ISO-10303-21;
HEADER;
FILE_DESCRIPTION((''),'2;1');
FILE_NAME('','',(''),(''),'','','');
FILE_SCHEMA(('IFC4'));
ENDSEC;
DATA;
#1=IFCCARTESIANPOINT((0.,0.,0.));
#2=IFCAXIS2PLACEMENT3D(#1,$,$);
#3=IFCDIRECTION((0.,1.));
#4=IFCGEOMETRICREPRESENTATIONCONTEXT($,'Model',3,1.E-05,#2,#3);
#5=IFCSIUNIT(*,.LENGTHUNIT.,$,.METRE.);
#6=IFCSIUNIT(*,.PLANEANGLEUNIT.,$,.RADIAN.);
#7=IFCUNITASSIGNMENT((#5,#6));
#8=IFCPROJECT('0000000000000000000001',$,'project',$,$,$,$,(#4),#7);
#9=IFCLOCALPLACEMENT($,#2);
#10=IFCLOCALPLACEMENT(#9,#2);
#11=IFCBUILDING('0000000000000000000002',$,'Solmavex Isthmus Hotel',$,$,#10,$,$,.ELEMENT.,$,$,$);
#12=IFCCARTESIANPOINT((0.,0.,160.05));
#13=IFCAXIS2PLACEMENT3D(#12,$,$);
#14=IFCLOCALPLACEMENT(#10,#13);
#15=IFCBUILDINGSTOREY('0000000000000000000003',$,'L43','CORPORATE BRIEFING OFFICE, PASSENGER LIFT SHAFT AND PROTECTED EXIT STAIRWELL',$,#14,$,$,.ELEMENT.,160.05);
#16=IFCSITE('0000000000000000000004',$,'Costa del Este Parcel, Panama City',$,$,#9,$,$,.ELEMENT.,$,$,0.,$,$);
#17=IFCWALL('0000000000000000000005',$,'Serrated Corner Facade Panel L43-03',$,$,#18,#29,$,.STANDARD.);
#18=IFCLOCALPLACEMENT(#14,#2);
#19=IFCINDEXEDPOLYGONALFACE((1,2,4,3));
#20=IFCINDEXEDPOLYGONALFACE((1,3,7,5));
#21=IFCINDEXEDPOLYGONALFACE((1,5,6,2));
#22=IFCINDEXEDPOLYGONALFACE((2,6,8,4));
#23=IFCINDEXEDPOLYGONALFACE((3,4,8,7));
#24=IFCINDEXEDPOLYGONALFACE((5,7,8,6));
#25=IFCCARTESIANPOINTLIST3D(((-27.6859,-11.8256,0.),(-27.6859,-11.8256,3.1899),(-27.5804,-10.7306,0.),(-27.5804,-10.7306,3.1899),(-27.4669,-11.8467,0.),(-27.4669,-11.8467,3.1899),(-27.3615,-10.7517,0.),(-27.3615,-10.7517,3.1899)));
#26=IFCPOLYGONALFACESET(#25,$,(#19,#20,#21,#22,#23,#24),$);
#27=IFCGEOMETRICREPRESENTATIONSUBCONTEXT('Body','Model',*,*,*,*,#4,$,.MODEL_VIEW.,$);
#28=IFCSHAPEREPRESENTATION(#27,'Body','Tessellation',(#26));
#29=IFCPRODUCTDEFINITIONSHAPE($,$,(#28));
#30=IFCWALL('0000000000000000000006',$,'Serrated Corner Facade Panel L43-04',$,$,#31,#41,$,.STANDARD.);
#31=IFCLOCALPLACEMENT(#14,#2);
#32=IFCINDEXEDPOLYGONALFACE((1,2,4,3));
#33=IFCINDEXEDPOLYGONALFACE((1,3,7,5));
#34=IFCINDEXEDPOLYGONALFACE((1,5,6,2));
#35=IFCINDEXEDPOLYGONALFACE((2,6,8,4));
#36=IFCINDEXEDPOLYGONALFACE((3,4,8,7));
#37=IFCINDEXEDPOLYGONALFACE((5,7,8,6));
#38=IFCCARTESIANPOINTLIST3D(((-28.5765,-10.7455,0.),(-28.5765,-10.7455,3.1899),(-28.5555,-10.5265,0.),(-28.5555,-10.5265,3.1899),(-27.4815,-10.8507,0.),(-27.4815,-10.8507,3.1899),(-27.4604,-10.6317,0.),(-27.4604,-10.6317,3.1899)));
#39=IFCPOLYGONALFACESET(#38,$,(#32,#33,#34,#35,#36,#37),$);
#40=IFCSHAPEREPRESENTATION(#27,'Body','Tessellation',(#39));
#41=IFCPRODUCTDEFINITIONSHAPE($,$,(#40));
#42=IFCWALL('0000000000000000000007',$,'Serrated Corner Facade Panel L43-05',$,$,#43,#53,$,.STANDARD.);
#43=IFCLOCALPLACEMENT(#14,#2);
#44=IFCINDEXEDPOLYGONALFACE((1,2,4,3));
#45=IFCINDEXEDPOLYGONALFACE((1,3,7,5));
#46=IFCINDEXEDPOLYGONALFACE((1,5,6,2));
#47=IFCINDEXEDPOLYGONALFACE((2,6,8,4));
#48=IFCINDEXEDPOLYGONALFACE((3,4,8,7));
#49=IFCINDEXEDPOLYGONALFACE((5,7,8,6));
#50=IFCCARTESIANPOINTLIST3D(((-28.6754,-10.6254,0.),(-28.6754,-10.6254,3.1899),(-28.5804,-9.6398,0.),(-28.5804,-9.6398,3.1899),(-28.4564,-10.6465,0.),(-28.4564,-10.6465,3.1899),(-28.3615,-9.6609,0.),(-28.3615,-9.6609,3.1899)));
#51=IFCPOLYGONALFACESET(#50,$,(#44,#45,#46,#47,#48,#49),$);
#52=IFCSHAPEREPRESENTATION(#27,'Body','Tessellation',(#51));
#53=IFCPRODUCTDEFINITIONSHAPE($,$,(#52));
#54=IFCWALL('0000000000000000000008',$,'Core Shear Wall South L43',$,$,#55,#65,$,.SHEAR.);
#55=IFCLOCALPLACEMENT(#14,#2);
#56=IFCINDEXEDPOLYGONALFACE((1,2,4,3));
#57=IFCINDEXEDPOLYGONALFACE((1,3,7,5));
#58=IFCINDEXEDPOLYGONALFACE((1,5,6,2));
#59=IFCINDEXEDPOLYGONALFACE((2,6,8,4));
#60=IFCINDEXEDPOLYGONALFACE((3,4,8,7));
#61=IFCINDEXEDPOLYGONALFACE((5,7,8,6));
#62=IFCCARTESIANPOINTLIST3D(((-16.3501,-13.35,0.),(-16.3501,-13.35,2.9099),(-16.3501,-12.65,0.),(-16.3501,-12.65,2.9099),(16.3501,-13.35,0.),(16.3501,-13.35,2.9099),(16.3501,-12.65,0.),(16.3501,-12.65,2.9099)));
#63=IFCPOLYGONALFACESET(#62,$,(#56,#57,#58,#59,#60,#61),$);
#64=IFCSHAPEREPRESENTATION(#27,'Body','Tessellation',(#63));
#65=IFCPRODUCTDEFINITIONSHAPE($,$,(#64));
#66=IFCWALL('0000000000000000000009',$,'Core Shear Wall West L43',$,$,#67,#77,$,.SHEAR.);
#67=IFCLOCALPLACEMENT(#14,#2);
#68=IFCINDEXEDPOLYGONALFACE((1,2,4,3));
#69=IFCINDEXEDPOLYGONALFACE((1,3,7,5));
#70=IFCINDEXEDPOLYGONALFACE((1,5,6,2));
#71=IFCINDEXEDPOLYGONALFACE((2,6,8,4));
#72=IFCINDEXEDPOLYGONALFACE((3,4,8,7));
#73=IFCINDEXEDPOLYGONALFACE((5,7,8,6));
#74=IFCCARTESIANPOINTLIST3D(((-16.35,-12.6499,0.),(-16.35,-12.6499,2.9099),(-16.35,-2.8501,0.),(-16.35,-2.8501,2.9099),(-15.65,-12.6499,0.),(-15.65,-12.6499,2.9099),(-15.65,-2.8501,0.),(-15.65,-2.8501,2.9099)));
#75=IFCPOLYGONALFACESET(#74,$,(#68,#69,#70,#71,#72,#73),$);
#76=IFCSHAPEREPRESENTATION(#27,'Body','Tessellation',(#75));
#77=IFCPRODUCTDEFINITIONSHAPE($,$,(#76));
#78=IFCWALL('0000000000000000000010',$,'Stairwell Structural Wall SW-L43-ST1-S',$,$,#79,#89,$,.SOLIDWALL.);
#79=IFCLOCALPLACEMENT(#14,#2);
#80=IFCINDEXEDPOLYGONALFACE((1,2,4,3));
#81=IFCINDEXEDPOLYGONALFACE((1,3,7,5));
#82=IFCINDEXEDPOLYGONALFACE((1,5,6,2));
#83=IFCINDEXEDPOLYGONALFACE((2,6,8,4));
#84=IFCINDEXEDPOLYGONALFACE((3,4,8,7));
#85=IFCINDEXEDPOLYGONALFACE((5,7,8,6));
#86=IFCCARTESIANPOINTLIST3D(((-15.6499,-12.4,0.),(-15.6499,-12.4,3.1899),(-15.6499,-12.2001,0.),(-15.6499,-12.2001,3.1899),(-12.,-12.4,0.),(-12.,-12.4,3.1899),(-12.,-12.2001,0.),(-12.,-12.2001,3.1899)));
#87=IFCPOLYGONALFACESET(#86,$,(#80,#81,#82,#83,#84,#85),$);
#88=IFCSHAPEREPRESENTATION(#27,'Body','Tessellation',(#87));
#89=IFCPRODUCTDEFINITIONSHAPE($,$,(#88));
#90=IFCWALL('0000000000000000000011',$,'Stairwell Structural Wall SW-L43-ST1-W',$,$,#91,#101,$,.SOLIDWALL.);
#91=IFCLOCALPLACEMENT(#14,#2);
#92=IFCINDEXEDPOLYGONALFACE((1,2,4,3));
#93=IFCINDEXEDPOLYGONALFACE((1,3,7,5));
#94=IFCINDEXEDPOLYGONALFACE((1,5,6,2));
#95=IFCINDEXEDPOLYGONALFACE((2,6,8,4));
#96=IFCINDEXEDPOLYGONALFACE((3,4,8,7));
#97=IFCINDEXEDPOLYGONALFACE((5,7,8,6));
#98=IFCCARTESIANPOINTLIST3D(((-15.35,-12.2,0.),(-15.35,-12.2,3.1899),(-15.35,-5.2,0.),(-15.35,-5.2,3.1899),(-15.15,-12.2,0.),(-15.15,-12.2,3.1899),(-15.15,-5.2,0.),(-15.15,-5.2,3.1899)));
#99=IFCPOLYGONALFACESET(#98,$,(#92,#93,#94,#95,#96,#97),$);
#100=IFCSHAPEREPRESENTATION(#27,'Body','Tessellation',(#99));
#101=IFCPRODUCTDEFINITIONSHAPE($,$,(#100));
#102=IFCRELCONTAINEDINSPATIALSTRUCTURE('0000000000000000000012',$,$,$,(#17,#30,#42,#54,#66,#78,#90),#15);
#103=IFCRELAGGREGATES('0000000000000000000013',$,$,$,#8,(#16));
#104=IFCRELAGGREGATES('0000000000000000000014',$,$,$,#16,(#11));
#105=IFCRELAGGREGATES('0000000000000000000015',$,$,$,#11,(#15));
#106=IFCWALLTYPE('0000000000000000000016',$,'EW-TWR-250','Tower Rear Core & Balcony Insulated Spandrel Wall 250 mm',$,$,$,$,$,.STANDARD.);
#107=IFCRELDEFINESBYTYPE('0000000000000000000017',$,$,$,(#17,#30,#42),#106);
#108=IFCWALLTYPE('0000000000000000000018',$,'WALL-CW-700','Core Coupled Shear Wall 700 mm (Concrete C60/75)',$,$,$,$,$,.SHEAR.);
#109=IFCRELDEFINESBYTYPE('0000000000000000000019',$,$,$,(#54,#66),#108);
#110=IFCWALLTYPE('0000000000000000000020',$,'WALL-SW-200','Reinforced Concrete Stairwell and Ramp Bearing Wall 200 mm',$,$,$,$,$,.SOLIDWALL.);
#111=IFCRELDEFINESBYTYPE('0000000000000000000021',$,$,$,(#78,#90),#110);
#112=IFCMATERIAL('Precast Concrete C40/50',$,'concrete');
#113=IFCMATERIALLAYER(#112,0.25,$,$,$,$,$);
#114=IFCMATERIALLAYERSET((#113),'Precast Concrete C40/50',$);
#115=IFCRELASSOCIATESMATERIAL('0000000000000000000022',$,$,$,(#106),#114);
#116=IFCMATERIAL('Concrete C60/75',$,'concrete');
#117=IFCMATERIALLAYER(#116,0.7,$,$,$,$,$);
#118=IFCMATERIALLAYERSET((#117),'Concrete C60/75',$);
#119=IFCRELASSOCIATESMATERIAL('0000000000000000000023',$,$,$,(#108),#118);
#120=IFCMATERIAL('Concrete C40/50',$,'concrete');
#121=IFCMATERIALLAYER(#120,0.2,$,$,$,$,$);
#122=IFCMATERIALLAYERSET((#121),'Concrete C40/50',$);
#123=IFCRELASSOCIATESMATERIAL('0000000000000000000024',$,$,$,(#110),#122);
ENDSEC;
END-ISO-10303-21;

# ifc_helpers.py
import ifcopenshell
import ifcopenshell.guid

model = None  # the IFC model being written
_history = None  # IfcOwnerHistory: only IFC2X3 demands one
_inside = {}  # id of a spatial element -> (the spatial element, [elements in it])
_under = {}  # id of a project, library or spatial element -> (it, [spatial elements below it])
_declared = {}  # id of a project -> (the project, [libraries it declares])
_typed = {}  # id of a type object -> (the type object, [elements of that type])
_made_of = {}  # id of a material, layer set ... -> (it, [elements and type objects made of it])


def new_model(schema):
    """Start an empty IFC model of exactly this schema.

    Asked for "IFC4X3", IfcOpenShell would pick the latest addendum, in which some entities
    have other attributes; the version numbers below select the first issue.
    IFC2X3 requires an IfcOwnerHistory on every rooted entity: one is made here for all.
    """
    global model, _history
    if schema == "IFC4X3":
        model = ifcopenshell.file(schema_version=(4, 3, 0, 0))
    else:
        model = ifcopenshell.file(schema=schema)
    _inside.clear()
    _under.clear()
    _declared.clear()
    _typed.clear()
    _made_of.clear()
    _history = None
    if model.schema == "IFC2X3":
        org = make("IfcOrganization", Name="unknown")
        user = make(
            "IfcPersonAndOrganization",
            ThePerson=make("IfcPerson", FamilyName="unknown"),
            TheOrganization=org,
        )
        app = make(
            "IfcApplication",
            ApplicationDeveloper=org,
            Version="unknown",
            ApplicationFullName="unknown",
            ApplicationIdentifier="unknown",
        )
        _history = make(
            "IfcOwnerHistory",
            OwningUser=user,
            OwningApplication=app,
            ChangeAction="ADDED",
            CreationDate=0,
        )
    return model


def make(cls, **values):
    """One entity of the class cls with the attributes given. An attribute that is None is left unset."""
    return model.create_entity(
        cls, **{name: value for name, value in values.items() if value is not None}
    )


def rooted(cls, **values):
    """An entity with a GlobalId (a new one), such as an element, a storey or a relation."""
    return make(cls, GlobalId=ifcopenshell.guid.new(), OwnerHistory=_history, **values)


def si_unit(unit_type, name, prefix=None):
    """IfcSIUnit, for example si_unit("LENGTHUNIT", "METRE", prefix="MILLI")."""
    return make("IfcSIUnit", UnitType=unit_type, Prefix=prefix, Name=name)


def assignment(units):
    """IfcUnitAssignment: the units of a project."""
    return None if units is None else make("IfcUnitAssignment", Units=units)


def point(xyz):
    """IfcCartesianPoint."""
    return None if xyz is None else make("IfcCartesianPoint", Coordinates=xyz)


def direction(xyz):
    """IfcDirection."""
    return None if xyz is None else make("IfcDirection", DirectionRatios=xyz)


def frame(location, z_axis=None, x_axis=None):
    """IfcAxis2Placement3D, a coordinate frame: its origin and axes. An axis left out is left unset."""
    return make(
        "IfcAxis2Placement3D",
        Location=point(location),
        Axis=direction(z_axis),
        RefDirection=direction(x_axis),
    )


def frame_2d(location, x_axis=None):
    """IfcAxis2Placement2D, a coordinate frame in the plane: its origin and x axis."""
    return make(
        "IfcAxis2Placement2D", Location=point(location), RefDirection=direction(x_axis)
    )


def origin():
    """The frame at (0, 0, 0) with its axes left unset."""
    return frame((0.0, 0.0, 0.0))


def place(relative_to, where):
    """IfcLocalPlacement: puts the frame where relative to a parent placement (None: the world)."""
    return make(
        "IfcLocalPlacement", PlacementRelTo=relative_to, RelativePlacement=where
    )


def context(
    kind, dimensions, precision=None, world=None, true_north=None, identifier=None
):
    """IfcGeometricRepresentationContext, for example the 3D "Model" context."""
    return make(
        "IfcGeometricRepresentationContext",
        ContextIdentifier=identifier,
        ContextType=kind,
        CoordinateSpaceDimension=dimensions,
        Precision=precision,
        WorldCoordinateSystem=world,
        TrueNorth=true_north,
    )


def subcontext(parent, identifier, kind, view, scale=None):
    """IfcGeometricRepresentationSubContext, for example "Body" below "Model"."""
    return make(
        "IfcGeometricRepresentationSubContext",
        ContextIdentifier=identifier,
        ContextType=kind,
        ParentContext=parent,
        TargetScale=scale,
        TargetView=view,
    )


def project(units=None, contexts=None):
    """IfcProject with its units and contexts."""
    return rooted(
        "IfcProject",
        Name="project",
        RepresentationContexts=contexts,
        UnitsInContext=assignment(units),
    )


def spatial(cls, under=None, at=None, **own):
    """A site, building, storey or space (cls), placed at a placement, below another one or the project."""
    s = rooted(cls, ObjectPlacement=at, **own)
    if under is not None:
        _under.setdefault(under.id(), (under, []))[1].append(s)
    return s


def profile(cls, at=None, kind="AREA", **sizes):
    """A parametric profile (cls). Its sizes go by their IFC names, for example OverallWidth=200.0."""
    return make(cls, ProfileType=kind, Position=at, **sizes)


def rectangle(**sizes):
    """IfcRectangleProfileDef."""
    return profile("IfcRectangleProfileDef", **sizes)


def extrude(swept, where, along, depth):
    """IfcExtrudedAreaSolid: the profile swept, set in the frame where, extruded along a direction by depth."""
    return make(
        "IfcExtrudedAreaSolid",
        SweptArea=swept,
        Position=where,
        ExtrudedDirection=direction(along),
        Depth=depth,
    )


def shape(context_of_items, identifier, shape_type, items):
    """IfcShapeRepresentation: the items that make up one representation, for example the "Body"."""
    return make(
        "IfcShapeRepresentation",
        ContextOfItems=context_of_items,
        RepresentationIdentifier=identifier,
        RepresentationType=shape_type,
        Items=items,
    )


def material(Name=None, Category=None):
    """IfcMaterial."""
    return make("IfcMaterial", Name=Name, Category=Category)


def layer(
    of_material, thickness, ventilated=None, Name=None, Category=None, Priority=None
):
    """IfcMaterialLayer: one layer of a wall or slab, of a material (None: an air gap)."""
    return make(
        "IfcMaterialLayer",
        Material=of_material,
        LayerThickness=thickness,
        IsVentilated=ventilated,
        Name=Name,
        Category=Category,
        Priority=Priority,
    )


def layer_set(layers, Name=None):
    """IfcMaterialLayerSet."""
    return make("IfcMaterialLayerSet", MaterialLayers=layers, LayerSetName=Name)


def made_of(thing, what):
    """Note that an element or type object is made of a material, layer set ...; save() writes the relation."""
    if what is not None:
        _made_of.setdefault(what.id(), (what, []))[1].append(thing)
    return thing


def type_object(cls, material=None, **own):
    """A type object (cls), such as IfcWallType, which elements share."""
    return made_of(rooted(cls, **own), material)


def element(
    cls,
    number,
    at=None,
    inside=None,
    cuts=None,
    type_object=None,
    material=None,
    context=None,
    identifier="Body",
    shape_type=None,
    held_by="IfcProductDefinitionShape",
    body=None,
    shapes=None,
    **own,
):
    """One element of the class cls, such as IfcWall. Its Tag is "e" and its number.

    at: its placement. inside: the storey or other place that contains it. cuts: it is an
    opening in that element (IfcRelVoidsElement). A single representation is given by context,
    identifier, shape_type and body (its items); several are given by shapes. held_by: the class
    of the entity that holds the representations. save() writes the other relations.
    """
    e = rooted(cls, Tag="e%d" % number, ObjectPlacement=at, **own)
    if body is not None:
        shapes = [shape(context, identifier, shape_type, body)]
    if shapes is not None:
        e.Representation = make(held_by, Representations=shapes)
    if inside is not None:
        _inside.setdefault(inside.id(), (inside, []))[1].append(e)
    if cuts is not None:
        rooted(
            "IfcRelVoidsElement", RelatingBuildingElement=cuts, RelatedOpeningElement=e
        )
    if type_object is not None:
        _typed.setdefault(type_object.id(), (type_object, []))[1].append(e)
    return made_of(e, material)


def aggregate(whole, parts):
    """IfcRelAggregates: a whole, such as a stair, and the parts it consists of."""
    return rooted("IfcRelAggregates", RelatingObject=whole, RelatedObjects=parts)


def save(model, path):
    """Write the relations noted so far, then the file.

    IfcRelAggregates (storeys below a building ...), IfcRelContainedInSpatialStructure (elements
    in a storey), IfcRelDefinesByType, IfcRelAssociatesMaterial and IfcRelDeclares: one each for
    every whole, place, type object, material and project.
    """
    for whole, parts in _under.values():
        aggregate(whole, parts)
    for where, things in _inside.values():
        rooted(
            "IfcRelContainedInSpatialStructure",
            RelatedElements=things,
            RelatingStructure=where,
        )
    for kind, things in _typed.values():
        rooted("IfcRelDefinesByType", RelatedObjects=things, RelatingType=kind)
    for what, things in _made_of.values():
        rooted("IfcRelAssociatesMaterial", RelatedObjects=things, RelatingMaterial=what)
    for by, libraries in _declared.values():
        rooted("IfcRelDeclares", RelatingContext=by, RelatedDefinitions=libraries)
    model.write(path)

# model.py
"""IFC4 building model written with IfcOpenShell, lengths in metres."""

from ifc_helpers import new_model, si_unit, direction, frame, frame_2d, origin, place, context, subcontext, project, spatial, rectangle, extrude, material, layer, layer_set, type_object, element, save


model = new_model("IFC4")

# Units and contexts
model_context = context("Model", 3, precision=1e-05, world=origin(), true_north=direction((0.0, 1.0)))
body_context = subcontext(model_context, "Body", "Model", "MODEL_VIEW")
ifc_project = project(units=[si_unit("LENGTHUNIT", "METRE"), si_unit("PLANEANGLEUNIT", "RADIAN")], contexts=[model_context])

# Site, building, storey
site_placement = place(None, origin())
site = spatial("IfcSite", under=ifc_project, at=site_placement, Name="Costa del Este Parcel, Panama City", CompositionType="ELEMENT", RefElevation=0.0)
building_placement = place(site_placement, origin())
building = spatial("IfcBuilding", under=site, at=building_placement, Name="Solmavex Isthmus Hotel", CompositionType="ELEMENT")
storey_placement = place(building_placement, frame((0.0, 0.0, 160.05)))
storey = spatial("IfcBuildingStorey", under=building, at=storey_placement, Name="L43", Description="CORPORATE BRIEFING OFFICE, PASSENGER LIFT SHAFT AND PROTECTED EXIT STAIRWELL", CompositionType="ELEMENT", Elevation=160.05)

# Shared definitions
ifc_material_1 = material(Name="Concrete C60/75", Category="concrete")

# Shared definitions
ifc_material_2 = material(Name="Precast Concrete C40/50", Category="concrete")
ifc_layer_1 = layer(ifc_material_2, 0.25)
ifc_layer_set_1 = layer_set([ifc_layer_1], Name="Precast Concrete C40/50")
wall_type_1 = type_object("IfcWallType", Name="EW-TWR-250", Description="Tower Rear Core & Balcony Insulated Spandrel Wall 250 mm", PredefinedType="STANDARD", material=ifc_layer_set_1)

# Walls
for number, where, z_axis, x_axis, name in (
    (1, (-27.5764, -11.8362, 0.0), (0.0, 0.0, 1.0), (0.095877, 0.995393, 0.0), "Serrated Corner Facade Panel L43-03"),
    (2, (-27.4709, -10.7412, 0.0), (0.0, 0.0, 1.0), (-0.995414, 0.095657, 0.0), "Serrated Corner Facade Panel L43-04"),
):
    element("IfcWall", number, at=place(storey_placement, frame(where, z_axis=z_axis, x_axis=x_axis)), inside=storey, type_object=wall_type_1, Name=name, PredefinedType="STANDARD", context=body_context, shape_type="SweptSolid", body=[
        extrude(rectangle(XDim=1.1001, YDim=0.22, at=frame_2d((0.55, 0.0))), origin(), (0.0, 0.0, 1.0), 3.1899),
    ])
wall_1_placement = place(storey_placement, frame((-28.5659, -10.636, 0.0), z_axis=(0.0, 0.0, 1.0), x_axis=(0.095914, 0.99539, 0.0)))
element("IfcWall", 3, at=wall_1_placement, inside=storey, type_object=wall_type_1, Name="Serrated Corner Facade Panel L43-05", PredefinedType="STANDARD", context=body_context, shape_type="SweptSolid", body=[
    extrude(rectangle(XDim=0.9902, YDim=0.22, at=frame_2d((0.4951, 0.0))), origin(), (0.0, 0.0, 1.0), 3.1899),
])
ifc_layer_2 = layer(ifc_material_1, 0.7)
ifc_layer_set_2 = layer_set([ifc_layer_2], Name="Concrete C60/75")
wall_type_2 = type_object("IfcWallType", Name="WALL-CW-700", Description="Core Coupled Shear Wall 700 mm (Concrete C60/75)", PredefinedType="SHEAR", material=ifc_layer_set_2)
wall_2_placement = place(storey_placement, frame((-16.3501, -13.0, 0.0), z_axis=(0.0, 0.0, 1.0), x_axis=(1.0, 0.0, 0.0)))
element("IfcWall", 4, at=wall_2_placement, inside=storey, type_object=wall_type_2, Name="Core Shear Wall South L43", PredefinedType="SHEAR", context=body_context, shape_type="SweptSolid", body=[
    extrude(rectangle(XDim=32.7002, YDim=0.7, at=frame_2d((16.3501, 0.0))), origin(), (0.0, 0.0, 1.0), 2.9099),
])
wall_3_placement = place(storey_placement, frame((-16.0, -12.6499, 0.0), z_axis=(0.0, 0.0, 1.0), x_axis=(0.0, 1.0, 0.0)))
element("IfcWall", 5, at=wall_3_placement, inside=storey, type_object=wall_type_2, Name="Core Shear Wall West L43", PredefinedType="SHEAR", context=body_context, shape_type="SweptSolid", body=[
    extrude(rectangle(XDim=9.7998, YDim=0.7, at=frame_2d((4.8999, 0.0))), origin(), (0.0, 0.0, 1.0), 2.9099),
])
ifc_material_3 = material(Name="Concrete C40/50", Category="concrete")
ifc_layer_3 = layer(ifc_material_3, 0.2)
ifc_layer_set_3 = layer_set([ifc_layer_3], Name="Concrete C40/50")
wall_type_3 = type_object("IfcWallType", Name="WALL-SW-200", Description="Reinforced Concrete Stairwell and Ramp Bearing Wall 200 mm", PredefinedType="SOLIDWALL", material=ifc_layer_set_3)
wall_4_placement = place(storey_placement, frame((-15.6499, -12.3, 0.0), z_axis=(0.0, 0.0, 1.0), x_axis=(1.0, 0.0, 0.0)))
element("IfcWall", 6, at=wall_4_placement, inside=storey, type_object=wall_type_3, Name="Stairwell Structural Wall SW-L43-ST1-S", PredefinedType="SOLIDWALL", context=body_context, shape_type="SweptSolid", body=[
    extrude(rectangle(XDim=3.6499, YDim=0.2, at=frame_2d((1.825, 0.0))), origin(), (0.0, 0.0, 1.0), 3.1899),
])
wall_5_placement = place(storey_placement, frame((-15.25, -12.2, 0.0), z_axis=(0.0, 0.0, 1.0), x_axis=(0.0, 1.0, 0.0)))
element("IfcWall", 7, at=wall_5_placement, inside=storey, type_object=wall_type_3, Name="Stairwell Structural Wall SW-L43-ST1-W", PredefinedType="SOLIDWALL", context=body_context, shape_type="SweptSolid", body=[
    extrude(rectangle(XDim=7.0, YDim=0.2, at=frame_2d((3.5, 0.0))), origin(), (0.0, 0.0, 1.0), 3.1899),
])

save(model, "model.ifc")
